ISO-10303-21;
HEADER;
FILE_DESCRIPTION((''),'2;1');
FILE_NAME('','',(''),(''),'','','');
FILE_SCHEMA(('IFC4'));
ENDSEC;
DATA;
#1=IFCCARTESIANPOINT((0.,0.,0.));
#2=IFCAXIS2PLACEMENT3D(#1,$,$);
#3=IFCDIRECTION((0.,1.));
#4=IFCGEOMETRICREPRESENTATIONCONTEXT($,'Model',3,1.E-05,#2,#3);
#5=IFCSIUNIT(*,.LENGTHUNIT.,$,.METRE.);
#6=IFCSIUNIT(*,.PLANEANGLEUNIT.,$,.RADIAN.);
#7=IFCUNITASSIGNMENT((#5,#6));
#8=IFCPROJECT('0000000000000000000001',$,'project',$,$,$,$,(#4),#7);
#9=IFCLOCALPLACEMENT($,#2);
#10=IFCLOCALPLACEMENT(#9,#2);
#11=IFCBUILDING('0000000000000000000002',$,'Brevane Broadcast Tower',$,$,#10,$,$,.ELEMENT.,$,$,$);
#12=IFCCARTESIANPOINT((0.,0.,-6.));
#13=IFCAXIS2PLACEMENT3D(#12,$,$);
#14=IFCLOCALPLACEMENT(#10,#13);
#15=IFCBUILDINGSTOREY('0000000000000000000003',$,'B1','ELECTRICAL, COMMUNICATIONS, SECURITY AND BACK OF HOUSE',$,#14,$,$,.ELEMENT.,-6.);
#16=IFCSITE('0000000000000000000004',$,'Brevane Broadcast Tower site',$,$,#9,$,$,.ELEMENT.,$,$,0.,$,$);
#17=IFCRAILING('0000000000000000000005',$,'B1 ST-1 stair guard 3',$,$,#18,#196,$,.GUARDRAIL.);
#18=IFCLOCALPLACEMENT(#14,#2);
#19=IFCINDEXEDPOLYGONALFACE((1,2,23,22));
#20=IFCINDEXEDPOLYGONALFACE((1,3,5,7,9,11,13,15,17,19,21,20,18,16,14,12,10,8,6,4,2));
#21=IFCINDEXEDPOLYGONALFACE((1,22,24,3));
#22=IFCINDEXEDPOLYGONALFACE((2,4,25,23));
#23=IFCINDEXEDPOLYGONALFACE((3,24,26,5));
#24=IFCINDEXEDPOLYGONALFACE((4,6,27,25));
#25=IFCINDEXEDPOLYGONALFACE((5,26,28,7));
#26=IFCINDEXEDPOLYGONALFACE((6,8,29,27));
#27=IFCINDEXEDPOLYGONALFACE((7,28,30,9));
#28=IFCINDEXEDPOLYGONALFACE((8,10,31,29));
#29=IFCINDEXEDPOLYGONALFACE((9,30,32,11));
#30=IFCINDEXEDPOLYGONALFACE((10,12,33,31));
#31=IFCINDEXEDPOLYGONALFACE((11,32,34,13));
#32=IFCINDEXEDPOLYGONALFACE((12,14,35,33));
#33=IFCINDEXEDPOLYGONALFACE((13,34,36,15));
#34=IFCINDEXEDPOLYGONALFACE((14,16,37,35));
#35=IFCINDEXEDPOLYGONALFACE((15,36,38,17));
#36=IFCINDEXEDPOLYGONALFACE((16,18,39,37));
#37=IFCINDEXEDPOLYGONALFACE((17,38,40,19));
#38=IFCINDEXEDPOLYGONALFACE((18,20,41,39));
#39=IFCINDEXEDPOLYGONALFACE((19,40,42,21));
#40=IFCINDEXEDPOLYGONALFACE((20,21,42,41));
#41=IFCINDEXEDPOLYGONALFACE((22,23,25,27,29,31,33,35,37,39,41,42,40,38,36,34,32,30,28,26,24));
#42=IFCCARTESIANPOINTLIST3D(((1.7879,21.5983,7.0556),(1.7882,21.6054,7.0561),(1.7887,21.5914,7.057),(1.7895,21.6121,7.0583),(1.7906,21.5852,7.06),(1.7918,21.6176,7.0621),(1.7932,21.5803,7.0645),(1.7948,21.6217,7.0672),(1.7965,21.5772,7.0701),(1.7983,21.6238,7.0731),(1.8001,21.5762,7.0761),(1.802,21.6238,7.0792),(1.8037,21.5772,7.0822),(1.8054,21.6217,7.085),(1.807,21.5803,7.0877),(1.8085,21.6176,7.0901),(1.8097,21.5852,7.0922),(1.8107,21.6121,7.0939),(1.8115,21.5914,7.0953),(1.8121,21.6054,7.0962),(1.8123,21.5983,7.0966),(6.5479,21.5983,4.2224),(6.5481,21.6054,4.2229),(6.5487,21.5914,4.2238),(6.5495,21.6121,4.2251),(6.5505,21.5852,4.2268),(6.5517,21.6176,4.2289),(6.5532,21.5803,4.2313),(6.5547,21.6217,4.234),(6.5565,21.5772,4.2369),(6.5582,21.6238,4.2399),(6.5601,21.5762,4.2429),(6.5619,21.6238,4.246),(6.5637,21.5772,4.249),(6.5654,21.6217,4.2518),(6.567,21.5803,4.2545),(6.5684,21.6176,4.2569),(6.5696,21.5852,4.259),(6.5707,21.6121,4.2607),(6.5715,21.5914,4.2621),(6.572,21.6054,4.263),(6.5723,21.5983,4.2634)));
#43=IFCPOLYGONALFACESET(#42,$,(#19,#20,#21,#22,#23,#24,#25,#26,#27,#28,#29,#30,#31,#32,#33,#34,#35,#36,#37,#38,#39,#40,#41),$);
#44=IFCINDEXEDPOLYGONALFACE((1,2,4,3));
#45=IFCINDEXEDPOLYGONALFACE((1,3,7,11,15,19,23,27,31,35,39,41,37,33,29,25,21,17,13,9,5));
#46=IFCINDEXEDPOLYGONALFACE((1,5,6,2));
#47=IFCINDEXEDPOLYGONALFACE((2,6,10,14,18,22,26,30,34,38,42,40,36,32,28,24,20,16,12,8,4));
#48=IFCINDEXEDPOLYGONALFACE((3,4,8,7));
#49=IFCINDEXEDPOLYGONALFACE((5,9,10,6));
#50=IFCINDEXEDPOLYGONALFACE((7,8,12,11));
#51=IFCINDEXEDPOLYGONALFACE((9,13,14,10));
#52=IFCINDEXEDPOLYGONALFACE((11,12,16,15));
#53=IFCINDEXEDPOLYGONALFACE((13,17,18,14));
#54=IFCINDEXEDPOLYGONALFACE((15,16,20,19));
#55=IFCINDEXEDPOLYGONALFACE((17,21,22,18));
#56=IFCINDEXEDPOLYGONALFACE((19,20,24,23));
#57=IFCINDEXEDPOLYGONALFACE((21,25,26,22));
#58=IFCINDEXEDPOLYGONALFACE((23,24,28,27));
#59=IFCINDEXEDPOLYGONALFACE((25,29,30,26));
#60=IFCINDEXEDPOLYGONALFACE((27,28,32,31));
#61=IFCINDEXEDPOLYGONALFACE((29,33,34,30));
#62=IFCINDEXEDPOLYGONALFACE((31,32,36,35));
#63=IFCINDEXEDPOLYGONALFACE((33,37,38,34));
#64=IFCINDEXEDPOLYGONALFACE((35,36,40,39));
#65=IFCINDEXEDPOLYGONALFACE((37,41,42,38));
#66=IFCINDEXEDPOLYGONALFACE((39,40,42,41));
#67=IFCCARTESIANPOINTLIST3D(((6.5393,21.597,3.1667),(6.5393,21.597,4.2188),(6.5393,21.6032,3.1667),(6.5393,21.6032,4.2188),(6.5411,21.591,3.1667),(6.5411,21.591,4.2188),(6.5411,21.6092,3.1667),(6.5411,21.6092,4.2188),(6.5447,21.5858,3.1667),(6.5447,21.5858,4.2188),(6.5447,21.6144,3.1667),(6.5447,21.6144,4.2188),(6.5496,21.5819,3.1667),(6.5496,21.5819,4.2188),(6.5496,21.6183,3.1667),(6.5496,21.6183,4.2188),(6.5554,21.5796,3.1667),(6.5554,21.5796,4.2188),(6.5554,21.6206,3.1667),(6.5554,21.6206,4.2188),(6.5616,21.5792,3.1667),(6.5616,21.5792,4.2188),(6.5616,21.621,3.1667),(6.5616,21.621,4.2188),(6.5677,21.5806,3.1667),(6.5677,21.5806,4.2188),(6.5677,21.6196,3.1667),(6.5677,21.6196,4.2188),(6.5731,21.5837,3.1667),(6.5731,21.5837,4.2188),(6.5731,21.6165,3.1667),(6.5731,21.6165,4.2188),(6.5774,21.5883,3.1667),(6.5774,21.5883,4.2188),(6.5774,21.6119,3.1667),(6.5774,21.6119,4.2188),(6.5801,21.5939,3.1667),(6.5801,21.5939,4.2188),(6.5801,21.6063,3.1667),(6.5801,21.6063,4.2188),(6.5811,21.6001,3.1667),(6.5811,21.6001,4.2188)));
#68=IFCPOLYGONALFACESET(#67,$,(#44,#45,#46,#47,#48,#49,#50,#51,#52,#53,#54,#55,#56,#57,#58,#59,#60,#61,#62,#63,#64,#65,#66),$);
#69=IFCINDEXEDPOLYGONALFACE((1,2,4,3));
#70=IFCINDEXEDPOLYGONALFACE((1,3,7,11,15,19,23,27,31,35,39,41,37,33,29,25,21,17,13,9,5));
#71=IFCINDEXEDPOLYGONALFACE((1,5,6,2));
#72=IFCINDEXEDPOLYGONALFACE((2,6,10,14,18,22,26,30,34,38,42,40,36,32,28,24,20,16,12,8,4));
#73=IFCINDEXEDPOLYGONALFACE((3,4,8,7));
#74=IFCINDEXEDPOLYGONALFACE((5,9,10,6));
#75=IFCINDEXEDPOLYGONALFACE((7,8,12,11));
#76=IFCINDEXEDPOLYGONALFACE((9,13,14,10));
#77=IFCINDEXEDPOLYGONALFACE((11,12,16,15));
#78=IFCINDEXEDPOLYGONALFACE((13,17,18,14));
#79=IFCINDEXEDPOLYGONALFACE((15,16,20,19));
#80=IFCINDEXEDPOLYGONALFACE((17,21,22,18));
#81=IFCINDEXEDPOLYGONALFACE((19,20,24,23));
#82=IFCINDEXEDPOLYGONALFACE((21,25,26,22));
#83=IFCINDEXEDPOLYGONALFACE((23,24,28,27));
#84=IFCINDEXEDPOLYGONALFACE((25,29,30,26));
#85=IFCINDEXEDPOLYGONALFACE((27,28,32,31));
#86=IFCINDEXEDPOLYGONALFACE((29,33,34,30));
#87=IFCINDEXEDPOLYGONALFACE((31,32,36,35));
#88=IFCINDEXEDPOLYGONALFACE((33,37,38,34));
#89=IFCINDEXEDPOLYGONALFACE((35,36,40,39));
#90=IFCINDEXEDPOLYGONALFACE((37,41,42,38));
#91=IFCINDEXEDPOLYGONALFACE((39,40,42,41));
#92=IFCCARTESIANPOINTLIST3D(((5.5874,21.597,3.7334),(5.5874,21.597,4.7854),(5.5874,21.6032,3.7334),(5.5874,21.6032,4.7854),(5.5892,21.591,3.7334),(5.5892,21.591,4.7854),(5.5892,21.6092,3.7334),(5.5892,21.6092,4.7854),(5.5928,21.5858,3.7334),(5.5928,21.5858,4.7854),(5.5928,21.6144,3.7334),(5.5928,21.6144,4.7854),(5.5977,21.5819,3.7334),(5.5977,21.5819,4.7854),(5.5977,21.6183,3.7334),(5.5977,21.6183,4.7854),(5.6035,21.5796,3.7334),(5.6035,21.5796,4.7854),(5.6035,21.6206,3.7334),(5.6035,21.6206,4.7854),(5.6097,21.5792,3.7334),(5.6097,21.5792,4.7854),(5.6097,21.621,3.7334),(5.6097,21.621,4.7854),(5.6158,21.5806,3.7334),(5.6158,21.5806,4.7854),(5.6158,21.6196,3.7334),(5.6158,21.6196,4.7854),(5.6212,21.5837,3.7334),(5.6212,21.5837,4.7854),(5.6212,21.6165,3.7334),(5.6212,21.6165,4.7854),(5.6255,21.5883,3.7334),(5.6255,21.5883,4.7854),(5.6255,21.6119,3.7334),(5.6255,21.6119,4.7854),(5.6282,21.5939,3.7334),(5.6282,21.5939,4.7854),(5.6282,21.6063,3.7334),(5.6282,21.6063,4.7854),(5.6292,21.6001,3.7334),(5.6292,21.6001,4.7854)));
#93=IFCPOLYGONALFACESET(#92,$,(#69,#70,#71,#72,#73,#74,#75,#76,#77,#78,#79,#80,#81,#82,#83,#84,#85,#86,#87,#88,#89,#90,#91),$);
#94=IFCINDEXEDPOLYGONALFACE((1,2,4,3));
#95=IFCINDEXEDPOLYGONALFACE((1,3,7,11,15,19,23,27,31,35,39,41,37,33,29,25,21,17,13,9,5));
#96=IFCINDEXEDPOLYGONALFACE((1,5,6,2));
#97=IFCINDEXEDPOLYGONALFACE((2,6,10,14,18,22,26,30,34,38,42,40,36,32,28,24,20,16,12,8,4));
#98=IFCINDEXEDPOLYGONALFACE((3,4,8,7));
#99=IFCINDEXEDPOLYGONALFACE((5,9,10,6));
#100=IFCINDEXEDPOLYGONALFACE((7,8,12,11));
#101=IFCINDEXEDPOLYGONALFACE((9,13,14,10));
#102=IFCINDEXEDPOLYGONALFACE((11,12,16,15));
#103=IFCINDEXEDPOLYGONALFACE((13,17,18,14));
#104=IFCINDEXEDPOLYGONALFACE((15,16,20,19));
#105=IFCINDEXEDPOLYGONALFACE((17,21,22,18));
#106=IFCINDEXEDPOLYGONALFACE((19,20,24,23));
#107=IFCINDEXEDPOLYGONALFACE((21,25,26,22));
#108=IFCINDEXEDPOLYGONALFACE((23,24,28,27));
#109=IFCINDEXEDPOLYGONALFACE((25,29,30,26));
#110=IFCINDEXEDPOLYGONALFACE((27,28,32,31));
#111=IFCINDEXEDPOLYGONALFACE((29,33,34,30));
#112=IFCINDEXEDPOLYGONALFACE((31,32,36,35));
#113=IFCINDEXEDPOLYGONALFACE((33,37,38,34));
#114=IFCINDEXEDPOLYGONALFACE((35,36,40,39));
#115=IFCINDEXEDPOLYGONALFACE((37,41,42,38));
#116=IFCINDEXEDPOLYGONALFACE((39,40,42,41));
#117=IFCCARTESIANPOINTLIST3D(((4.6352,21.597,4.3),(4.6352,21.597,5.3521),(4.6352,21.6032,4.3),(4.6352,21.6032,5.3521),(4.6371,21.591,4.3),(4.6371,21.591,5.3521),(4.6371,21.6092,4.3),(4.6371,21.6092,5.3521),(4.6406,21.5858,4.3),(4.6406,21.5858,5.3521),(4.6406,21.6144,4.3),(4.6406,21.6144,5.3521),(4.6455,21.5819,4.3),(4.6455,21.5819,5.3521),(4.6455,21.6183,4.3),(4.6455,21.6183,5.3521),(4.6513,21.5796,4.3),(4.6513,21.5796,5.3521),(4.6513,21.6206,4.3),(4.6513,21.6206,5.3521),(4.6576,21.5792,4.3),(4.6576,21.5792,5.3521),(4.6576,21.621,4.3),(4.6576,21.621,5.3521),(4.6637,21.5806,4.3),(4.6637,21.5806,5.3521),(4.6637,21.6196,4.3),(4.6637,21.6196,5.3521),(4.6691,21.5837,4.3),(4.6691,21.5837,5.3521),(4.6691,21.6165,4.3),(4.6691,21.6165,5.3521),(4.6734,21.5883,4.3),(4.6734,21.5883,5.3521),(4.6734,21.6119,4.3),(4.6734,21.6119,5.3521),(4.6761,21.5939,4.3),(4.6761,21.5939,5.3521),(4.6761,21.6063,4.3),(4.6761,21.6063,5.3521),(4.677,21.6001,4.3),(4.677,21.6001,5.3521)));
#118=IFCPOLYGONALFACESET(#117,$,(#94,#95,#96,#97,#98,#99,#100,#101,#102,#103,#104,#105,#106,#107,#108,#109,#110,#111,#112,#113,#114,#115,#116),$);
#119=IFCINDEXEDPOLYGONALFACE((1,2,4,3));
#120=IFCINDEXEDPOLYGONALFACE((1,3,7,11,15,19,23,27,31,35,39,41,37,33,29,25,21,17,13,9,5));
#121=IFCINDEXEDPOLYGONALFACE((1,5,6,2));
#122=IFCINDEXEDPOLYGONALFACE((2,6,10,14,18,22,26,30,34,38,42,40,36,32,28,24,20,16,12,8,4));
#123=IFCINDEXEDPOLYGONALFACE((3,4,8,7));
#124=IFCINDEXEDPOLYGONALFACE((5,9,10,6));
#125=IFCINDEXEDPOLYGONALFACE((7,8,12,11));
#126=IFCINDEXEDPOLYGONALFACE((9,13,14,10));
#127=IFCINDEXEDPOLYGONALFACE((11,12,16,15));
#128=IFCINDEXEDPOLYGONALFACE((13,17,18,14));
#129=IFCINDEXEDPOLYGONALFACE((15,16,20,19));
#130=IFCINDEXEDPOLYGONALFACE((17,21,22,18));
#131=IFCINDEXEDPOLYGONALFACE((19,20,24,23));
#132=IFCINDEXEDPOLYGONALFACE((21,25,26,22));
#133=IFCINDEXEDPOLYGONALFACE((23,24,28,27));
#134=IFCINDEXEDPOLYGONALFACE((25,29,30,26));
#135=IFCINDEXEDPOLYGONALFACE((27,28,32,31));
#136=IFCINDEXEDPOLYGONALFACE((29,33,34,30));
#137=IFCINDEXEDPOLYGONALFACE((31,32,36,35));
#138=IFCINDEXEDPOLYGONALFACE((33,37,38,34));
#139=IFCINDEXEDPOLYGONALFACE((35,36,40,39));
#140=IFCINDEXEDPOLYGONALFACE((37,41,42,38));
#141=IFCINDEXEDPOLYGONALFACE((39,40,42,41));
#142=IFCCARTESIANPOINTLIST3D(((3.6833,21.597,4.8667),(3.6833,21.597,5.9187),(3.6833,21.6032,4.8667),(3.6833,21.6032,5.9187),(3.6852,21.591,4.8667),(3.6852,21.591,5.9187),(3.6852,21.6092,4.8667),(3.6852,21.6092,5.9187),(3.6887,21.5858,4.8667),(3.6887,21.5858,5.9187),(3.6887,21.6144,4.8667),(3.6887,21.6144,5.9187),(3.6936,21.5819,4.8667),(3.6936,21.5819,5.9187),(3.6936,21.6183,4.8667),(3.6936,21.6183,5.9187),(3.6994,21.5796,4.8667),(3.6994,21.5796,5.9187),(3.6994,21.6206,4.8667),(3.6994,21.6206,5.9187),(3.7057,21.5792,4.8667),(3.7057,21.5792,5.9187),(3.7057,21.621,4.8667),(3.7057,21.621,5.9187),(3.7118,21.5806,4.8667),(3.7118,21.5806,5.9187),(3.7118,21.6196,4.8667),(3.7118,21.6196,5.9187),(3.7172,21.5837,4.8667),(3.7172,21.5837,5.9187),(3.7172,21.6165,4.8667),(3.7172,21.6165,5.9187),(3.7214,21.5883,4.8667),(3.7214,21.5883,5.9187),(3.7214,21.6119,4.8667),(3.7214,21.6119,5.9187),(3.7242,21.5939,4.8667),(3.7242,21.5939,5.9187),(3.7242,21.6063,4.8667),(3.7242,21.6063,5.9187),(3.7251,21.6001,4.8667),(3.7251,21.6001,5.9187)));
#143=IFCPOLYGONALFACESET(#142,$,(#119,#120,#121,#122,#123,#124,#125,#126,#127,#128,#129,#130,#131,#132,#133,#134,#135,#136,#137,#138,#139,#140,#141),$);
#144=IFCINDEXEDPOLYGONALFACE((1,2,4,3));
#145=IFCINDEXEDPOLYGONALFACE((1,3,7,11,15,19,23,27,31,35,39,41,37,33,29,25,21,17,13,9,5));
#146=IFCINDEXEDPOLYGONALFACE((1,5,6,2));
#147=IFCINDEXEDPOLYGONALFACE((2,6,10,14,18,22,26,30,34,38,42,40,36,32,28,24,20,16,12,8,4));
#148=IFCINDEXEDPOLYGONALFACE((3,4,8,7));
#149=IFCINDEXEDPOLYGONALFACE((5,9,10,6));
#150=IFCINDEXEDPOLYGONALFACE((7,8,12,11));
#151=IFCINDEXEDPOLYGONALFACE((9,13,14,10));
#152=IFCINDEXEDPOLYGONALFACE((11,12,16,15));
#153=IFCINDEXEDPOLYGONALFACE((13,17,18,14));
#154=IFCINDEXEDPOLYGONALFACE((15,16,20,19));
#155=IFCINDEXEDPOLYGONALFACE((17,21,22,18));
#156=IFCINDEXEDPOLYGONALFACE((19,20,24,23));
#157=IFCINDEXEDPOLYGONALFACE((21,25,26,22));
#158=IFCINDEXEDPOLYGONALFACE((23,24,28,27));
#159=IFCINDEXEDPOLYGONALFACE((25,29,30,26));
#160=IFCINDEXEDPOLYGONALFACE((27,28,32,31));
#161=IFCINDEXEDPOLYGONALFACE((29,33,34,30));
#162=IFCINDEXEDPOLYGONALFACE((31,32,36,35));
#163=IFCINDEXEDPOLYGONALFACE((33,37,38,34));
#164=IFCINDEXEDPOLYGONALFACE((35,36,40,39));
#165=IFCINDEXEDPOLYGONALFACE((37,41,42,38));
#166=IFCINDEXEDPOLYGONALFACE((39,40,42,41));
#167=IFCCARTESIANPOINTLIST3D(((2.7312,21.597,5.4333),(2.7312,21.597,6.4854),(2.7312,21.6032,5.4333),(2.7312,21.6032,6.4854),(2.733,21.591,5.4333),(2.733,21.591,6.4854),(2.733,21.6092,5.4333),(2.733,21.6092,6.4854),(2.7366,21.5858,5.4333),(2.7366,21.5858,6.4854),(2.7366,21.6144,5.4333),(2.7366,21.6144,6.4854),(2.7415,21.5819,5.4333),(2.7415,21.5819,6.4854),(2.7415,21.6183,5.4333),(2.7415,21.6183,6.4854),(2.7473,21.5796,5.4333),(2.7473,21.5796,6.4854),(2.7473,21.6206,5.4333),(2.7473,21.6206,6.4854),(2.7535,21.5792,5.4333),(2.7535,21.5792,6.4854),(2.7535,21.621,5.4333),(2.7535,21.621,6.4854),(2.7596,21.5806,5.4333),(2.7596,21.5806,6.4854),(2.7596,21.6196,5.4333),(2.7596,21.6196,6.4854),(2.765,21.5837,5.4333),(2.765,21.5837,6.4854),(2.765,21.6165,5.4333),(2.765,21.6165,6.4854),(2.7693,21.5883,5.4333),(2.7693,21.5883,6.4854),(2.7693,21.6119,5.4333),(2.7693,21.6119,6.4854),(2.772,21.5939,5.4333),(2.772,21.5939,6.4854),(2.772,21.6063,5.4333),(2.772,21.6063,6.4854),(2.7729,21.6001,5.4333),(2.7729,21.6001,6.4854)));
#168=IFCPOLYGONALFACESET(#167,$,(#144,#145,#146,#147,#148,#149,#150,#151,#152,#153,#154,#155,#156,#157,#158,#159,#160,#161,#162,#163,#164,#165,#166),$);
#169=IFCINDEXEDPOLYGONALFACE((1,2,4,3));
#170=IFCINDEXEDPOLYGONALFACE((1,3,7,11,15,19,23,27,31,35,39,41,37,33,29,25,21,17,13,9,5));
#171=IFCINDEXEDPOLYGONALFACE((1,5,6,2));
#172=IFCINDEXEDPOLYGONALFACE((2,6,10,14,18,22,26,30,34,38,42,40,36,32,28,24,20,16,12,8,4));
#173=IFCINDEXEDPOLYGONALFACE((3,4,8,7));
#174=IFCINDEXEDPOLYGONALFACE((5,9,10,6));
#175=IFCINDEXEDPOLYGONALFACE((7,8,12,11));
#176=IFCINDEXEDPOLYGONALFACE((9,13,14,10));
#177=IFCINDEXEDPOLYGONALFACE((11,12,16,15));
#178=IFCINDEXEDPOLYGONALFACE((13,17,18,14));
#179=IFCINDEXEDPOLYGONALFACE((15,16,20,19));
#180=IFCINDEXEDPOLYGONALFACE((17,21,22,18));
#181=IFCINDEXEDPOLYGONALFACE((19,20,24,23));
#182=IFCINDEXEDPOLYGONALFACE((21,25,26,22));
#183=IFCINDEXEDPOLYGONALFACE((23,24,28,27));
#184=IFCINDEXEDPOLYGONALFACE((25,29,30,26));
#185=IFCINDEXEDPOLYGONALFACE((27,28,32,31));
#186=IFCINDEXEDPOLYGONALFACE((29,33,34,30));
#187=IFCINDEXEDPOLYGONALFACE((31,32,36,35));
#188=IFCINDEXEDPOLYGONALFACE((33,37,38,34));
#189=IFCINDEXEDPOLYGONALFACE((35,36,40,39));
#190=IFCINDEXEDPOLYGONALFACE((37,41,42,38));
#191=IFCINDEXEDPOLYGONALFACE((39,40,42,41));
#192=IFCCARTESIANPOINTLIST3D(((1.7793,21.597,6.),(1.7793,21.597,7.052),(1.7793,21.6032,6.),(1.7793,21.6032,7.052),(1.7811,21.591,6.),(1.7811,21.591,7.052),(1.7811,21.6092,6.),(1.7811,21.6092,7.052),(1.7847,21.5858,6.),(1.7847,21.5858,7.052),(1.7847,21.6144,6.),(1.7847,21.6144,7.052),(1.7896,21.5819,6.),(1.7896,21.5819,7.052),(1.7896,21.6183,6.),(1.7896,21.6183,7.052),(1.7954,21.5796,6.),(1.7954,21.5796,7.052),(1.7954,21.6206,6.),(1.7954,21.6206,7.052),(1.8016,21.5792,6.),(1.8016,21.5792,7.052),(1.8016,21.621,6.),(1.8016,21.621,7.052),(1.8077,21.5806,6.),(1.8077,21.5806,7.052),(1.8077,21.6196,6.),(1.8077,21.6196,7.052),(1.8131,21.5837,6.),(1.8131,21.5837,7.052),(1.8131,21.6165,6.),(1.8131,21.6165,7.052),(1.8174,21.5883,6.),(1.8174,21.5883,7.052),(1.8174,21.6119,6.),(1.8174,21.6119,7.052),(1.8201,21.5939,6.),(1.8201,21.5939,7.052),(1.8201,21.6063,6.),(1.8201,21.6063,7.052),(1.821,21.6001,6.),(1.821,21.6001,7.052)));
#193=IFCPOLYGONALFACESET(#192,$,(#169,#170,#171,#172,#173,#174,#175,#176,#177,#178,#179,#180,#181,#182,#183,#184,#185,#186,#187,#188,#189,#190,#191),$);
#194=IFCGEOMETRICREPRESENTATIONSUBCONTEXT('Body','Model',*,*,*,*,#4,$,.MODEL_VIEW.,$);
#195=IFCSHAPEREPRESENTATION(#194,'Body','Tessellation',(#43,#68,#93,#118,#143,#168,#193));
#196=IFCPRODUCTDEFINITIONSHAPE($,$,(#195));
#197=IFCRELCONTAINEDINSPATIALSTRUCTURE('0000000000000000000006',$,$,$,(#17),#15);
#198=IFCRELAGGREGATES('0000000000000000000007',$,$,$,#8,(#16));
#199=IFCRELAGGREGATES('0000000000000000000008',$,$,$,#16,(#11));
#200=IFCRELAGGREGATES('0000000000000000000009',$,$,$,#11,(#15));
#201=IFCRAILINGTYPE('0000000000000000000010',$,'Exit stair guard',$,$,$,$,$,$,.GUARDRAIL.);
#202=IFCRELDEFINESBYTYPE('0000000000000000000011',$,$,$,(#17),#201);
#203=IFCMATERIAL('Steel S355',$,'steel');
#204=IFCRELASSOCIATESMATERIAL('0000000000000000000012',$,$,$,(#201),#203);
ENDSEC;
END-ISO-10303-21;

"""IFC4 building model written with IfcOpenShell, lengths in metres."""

from ifc_helpers import new_model, si_unit, direction, frame, origin, origin_2d, place, context, subcontext, project, spatial, circle, extrude, material, type_object, element, save


model = new_model("IFC4")

# Units and contexts
model_context = context("Model", 3, precision=1e-05, world=origin(), true_north=direction((0.0, 1.0)))
body_context = subcontext(model_context, "Body", "Model", "MODEL_VIEW")
ifc_project = project(units=[si_unit("LENGTHUNIT", "METRE"), si_unit("PLANEANGLEUNIT", "RADIAN")], contexts=[model_context])

# Site, building, storey
site_placement = place(None, origin())
site = spatial("IfcSite", under=ifc_project, at=site_placement, Name="Brevane Broadcast Tower site", CompositionType="ELEMENT", RefElevation=0.0)
building_placement = place(site_placement, origin())
building = spatial("IfcBuilding", under=site, at=building_placement, Name="Brevane Broadcast Tower", CompositionType="ELEMENT")
storey_placement = place(building_placement, frame((0.0, 0.0, -6.0)))
storey = spatial("IfcBuildingStorey", under=building, at=storey_placement, Name="B1", Description="ELECTRICAL, COMMUNICATIONS, SECURITY AND BACK OF HOUSE", CompositionType="ELEMENT", Elevation=-6.0)

# Railing
ifc_material_1 = material(Name="Steel S355", Category="steel")
railing_type_1 = type_object("IfcRailingType", Name="Exit stair guard", PredefinedType="GUARDRAIL", material=ifc_material_1)
railing_1_placement = place(storey_placement, frame((6.5601, 21.6001, 3.1667)))
element("IfcRailing", 1, at=railing_1_placement, inside=storey, type_object=railing_type_1, Name="B1 ST-1 stair guard 3", PredefinedType="GUARDRAIL", context=body_context, shape_type="SweptSolid", body=[
    extrude(circle(Radius=0.0239, at=origin_2d()), frame((0.0, 0.0, 1.0762), z_axis=(-0.8593, 0.0, 0.511472), x_axis=(0.0, -1.0, 0.0)), (0.0, 0.0, 1.0), 5.5393),
    extrude(circle(Radius=0.021, at=origin_2d()), origin(), (0.0, 0.0, 1.0), 1.052),
    extrude(circle(Radius=0.021, at=origin_2d()), frame((-0.9519, 0.0, 0.5667)), (0.0, 0.0, 1.0), 1.052),
    extrude(circle(Radius=0.021, at=origin_2d()), frame((-1.9041, 0.0, 1.1333)), (0.0, 0.0, 1.0), 1.052),
    extrude(circle(Radius=0.021, at=origin_2d()), frame((-2.856, 0.0, 1.7)), (0.0, 0.0, 1.0), 1.052),
    extrude(circle(Radius=0.021, at=origin_2d()), frame((-3.8081, 0.0, 2.2666)), (0.0, 0.0, 1.0), 1.052),
    extrude(circle(Radius=0.021, at=origin_2d()), frame((-4.76, 0.0, 2.8333)), (0.0, 0.0, 1.0), 1.052),
])

save(model, "model.ifc")
